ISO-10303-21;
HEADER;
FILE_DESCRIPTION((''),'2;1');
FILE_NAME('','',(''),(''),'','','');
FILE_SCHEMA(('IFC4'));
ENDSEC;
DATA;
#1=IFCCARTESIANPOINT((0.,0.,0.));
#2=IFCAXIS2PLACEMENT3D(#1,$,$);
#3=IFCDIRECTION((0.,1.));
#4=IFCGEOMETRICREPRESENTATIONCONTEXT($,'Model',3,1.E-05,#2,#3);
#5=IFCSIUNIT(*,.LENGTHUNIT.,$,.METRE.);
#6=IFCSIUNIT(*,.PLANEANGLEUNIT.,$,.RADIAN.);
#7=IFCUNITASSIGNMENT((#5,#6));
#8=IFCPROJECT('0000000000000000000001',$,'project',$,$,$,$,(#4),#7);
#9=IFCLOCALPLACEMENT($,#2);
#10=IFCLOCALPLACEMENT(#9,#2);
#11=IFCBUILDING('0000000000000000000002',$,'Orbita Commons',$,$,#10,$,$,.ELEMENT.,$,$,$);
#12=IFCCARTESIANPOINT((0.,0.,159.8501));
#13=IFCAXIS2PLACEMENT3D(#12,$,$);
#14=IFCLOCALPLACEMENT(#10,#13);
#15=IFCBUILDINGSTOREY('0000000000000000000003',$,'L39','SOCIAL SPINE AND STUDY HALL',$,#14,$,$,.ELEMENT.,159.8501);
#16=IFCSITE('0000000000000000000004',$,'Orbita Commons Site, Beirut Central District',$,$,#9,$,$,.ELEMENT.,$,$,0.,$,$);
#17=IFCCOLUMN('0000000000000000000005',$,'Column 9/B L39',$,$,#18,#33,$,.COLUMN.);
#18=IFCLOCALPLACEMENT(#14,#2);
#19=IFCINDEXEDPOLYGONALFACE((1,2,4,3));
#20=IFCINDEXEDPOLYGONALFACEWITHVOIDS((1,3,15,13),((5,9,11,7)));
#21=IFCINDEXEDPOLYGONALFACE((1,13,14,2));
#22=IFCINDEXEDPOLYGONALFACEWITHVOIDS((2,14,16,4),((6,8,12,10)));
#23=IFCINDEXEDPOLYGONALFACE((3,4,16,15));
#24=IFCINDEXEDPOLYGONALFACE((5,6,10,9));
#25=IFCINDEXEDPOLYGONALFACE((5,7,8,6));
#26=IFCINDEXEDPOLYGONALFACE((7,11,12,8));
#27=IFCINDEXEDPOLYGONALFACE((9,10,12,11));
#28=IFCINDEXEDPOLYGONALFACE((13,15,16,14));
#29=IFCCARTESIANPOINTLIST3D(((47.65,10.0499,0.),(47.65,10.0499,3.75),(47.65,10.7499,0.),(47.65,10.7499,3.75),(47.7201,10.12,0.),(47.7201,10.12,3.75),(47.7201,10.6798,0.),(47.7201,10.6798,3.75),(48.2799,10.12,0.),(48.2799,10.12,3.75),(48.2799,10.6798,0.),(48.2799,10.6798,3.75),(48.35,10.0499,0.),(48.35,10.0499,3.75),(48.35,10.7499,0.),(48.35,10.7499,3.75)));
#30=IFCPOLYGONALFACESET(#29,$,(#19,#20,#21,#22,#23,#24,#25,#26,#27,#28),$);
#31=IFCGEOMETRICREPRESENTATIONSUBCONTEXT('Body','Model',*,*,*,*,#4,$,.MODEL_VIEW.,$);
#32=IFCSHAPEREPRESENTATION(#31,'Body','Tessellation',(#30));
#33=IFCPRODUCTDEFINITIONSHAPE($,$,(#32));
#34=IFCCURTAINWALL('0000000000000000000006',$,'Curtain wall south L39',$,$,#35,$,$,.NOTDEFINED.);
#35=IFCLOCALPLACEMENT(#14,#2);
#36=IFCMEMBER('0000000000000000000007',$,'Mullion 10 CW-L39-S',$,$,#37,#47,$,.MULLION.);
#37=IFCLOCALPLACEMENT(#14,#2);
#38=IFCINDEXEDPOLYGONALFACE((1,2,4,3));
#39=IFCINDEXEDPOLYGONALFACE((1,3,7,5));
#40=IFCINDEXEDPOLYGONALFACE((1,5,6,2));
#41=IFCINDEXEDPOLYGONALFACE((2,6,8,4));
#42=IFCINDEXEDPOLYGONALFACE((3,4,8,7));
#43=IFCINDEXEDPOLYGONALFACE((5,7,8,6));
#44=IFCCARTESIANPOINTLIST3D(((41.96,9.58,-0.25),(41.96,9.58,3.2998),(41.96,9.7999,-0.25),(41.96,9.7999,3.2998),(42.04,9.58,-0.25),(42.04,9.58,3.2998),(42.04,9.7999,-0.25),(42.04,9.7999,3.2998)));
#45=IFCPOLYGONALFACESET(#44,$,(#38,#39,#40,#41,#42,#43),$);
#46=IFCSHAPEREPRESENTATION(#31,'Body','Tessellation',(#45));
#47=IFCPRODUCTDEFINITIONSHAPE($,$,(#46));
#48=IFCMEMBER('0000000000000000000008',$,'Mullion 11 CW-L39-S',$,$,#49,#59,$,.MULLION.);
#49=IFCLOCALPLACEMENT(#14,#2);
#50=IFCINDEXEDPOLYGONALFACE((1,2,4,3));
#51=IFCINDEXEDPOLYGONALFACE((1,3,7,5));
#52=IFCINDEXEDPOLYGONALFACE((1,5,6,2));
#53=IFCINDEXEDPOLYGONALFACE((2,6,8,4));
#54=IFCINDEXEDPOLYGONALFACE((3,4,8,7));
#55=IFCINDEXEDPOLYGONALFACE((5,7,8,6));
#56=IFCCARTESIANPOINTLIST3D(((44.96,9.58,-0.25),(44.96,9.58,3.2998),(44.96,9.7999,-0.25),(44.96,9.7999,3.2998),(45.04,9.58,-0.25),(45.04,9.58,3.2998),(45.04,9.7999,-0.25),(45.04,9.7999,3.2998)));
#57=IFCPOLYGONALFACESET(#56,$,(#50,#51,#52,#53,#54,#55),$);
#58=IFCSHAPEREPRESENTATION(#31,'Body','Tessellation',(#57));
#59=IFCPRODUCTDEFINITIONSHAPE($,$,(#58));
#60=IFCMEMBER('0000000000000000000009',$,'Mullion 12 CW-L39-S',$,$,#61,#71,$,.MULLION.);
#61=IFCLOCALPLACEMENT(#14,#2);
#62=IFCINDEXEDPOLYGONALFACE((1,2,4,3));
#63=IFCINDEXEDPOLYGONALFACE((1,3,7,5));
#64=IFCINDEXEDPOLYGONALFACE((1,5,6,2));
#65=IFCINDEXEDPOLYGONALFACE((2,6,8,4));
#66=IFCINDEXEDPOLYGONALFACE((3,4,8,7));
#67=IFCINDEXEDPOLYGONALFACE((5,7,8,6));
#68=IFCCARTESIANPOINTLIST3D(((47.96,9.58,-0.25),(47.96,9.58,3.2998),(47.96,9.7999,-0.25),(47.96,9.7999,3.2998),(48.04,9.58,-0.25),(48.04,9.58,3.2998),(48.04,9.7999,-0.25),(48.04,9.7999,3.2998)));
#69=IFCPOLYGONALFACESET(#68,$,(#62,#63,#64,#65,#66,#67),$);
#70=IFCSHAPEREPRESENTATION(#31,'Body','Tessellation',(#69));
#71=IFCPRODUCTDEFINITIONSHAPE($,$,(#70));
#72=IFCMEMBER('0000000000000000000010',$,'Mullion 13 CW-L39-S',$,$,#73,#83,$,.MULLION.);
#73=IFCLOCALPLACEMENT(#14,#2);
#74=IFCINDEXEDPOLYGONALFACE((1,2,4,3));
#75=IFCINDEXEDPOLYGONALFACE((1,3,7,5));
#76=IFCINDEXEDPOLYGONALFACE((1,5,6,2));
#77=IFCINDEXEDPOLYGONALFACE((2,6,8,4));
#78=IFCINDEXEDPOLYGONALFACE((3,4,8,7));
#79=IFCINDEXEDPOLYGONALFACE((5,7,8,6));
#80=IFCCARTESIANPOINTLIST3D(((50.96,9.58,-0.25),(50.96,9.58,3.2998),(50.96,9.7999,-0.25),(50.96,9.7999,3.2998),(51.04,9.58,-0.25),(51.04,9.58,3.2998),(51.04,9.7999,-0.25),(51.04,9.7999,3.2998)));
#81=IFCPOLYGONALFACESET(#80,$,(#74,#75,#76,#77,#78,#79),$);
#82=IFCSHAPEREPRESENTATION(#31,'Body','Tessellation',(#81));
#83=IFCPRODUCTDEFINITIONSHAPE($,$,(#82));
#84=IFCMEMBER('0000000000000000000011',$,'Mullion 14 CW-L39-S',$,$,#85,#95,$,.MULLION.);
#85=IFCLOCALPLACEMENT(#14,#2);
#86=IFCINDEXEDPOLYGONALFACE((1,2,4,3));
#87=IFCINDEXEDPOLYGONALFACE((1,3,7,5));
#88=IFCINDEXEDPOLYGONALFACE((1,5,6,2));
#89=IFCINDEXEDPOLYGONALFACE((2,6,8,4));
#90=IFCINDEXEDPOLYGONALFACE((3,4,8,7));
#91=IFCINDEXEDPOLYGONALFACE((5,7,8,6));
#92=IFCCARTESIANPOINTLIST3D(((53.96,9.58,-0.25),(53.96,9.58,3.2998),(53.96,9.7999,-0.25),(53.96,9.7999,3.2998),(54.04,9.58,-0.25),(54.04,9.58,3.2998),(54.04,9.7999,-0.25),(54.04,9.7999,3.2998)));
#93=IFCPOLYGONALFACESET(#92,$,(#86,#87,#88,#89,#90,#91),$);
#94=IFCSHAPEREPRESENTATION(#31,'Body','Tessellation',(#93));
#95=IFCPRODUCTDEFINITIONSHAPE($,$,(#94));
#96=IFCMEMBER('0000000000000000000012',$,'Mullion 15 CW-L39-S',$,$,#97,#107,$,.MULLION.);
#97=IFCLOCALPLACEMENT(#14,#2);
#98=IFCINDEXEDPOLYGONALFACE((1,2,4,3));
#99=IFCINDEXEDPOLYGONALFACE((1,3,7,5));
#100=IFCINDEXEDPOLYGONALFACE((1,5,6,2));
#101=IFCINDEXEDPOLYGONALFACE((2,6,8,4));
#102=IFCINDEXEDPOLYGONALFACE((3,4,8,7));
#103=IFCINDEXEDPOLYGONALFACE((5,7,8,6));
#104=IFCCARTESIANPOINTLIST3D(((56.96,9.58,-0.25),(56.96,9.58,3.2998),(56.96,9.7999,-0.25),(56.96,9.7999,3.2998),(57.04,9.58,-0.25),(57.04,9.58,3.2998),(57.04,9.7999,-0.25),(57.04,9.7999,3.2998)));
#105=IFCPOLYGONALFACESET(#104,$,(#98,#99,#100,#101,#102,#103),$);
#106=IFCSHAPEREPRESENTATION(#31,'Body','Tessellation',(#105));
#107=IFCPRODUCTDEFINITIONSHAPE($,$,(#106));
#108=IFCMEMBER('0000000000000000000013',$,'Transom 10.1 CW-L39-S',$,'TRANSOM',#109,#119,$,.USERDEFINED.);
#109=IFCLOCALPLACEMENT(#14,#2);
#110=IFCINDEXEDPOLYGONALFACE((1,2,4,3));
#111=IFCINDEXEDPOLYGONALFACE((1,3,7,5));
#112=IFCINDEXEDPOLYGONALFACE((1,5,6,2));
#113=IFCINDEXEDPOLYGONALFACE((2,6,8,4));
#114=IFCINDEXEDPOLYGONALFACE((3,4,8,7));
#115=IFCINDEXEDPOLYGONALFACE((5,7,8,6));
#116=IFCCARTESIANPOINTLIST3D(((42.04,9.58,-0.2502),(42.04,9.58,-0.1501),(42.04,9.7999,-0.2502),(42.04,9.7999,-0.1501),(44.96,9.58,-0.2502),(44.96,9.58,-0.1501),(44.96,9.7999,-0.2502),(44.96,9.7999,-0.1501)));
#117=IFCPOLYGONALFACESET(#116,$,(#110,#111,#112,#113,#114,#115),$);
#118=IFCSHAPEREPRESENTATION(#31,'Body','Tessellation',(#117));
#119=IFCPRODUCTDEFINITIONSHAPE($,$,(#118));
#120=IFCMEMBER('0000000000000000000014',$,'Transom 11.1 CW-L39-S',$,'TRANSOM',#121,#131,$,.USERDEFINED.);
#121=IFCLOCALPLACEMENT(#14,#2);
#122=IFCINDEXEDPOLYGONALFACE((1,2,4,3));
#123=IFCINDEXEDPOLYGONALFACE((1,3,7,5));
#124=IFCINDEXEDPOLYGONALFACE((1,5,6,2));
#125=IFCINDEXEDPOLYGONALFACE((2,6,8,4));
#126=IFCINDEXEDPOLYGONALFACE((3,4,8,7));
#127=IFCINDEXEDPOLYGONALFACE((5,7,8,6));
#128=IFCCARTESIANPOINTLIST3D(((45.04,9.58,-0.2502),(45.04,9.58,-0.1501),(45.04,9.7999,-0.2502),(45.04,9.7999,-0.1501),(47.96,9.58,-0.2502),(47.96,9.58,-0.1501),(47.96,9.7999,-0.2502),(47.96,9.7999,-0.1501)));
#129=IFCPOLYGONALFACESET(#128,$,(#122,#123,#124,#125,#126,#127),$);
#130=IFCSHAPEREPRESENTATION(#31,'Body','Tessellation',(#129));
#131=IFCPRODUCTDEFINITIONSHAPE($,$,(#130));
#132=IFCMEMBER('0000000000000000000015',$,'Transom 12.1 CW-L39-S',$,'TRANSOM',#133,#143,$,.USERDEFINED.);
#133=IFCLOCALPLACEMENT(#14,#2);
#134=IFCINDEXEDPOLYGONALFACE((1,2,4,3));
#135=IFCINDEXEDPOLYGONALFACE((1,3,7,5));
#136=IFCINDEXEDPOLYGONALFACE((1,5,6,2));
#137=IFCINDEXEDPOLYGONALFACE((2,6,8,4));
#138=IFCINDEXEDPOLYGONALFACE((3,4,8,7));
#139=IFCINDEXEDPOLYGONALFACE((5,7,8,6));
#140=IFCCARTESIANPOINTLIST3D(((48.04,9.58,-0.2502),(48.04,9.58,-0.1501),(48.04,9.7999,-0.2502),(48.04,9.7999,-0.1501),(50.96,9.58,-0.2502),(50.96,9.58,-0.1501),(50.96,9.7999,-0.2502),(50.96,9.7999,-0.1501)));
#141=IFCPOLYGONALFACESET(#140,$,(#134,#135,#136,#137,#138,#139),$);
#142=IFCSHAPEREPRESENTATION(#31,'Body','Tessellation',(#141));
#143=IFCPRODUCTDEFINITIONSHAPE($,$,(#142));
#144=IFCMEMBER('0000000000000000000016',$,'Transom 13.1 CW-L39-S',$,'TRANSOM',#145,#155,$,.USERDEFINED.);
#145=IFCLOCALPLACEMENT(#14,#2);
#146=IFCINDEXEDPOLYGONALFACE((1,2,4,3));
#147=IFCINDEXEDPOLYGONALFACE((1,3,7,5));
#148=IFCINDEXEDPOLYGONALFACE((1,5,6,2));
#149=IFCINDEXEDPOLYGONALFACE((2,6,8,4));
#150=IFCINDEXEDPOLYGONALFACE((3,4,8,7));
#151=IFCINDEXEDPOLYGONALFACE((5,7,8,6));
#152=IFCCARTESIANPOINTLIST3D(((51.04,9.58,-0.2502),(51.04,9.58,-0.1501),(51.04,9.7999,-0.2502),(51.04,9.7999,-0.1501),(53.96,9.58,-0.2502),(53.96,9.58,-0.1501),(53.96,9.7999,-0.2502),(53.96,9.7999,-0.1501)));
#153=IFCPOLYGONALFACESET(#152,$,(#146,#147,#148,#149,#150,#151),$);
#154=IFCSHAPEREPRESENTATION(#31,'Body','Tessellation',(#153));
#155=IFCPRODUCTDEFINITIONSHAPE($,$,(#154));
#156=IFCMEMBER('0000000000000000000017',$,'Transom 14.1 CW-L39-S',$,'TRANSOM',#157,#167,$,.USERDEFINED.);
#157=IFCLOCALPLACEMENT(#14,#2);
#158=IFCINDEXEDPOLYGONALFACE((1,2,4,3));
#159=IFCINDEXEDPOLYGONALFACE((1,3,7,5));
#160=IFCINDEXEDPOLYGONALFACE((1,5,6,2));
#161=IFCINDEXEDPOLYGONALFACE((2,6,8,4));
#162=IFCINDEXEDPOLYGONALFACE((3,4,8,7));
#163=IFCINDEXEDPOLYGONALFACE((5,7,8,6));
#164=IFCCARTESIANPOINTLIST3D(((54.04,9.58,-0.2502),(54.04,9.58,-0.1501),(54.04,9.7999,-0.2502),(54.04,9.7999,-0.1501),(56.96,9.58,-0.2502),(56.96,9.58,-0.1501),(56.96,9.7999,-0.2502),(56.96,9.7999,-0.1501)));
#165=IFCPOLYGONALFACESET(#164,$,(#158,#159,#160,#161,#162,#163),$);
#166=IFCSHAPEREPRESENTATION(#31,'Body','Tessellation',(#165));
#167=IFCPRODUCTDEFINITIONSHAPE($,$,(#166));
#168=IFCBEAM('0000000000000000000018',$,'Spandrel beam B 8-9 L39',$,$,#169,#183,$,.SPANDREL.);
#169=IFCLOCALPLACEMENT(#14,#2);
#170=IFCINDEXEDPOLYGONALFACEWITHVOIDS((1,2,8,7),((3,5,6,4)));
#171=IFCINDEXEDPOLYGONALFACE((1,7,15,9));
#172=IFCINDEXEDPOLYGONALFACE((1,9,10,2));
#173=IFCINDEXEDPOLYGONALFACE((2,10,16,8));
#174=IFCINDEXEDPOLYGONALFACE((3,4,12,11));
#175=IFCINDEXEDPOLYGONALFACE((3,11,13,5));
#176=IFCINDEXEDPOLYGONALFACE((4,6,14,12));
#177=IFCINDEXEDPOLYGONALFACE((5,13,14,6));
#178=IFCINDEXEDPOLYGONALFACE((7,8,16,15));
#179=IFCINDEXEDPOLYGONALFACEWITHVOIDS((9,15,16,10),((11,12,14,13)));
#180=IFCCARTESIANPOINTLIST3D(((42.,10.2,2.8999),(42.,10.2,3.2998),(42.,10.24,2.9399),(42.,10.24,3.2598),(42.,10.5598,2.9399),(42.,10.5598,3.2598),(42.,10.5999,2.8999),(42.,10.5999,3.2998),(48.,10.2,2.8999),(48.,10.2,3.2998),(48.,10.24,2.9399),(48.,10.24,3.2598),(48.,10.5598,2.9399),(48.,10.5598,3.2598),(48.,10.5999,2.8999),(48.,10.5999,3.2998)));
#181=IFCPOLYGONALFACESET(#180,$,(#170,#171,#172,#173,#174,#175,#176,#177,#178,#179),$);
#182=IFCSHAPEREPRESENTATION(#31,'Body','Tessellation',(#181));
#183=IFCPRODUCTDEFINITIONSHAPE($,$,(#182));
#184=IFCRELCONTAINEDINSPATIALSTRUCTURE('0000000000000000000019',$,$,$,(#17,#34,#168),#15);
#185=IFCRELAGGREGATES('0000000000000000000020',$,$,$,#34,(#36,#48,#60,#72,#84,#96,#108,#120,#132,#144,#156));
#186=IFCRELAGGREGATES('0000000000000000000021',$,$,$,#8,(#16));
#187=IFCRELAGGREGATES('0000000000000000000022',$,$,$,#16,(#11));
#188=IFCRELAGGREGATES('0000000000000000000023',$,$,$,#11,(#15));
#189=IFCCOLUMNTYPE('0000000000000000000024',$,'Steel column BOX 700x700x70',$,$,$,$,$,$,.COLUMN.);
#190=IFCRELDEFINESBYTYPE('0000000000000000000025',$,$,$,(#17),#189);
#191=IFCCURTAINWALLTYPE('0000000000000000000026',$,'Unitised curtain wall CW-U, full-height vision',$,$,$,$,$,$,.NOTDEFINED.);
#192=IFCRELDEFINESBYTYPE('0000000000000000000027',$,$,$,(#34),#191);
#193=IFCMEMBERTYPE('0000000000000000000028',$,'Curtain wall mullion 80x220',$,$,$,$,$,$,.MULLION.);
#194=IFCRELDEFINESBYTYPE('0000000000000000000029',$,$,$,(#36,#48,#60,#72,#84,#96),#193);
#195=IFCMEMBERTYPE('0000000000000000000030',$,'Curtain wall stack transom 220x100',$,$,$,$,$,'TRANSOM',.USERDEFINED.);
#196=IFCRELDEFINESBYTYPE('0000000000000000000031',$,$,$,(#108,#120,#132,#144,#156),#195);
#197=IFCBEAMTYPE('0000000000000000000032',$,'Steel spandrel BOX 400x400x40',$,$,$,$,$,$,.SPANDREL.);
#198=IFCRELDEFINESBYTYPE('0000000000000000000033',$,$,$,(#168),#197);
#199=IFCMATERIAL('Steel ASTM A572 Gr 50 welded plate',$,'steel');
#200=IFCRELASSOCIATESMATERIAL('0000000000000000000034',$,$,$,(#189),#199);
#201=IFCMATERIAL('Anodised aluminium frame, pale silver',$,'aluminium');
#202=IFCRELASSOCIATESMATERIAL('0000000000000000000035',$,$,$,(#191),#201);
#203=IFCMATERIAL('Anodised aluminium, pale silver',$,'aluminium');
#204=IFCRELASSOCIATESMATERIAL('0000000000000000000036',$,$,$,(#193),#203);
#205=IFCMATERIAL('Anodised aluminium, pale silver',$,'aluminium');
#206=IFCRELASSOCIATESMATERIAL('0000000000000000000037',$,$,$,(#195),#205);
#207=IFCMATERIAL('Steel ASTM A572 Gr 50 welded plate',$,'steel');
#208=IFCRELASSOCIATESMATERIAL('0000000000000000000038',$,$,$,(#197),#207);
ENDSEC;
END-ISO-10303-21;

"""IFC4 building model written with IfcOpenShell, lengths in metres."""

from ifc_helpers import new_model, si_unit, direction, frame, origin, origin_2d, place, context, subcontext, project, spatial, rectangle, hollow_rectangle, extrude, material, material_profile, profile_set, type_object, element, aggregate, save


model = new_model("IFC4")

# Units and contexts
model_context = context("Model", 3, precision=1e-05, world=origin(), true_north=direction((0.0, 1.0)))
body_context = subcontext(model_context, "Body", "Model", "MODEL_VIEW")
ifc_project = project(units=[si_unit("LENGTHUNIT", "METRE"), si_unit("PLANEANGLEUNIT", "RADIAN")], contexts=[model_context])

# Site, building, storey
site_placement = place(None, origin())
site = spatial("IfcSite", under=ifc_project, at=site_placement, Name="Orbita Commons Site, Beirut Central District", CompositionType="ELEMENT", RefElevation=0.0)
building_placement = place(site_placement, origin())
building = spatial("IfcBuilding", under=site, at=building_placement, Name="Orbita Commons", CompositionType="ELEMENT")
storey_placement = place(building_placement, frame((0.0, 0.0, 159.8501)))
storey = spatial("IfcBuildingStorey", under=building, at=storey_placement, Name="L39", Description="SOCIAL SPINE AND STUDY HALL", CompositionType="ELEMENT", Elevation=159.8501)

# Column
ifc_material_1 = material(Name="Steel ASTM A572 Gr 50 welded plate", Category="steel")
ifc_material_profile_1 = material_profile(ifc_material_1, hollow_rectangle(XDim=0.7, YDim=0.7, WallThickness=0.0701, at=origin_2d()), Name="BOX 700x700x70")
ifc_profile_set_1 = profile_set([ifc_material_profile_1], Name="Steel ASTM A572 Gr 50 welded plate")
column_type = type_object("IfcColumnType", Name="Steel column BOX 700x700x70", PredefinedType="COLUMN", material=ifc_profile_set_1)
column_placement = place(storey_placement, frame((48.0, 10.3999, 0.0), z_axis=(0.0, 0.0, 1.0), x_axis=(1.0, 0.0, 0.0)))
element("IfcColumn", 1, at=column_placement, inside=storey, type_object=column_type, Name="Column 9/B L39", PredefinedType="COLUMN", context=body_context, shape_type="SweptSolid", body=[
    extrude(hollow_rectangle(XDim=0.7, YDim=0.7, WallThickness=0.0701, at=origin_2d()), origin(), (0.0, 0.0, 1.0), 3.75),
])

# Curtain wall, members
ifc_material_2 = material(Name="Anodised aluminium frame, pale silver", Category="aluminium")
curtain_wall_type = type_object("IfcCurtainWallType", Name="Unitised curtain wall CW-U, full-height vision", PredefinedType="NOTDEFINED", material=ifc_material_2)
curtain_wall_placement = place(storey_placement, origin())
curtain_wall = element("IfcCurtainWall", 2, at=curtain_wall_placement, inside=storey, type_object=curtain_wall_type, Name="Curtain wall south L39", PredefinedType="NOTDEFINED")
ifc_material_3 = material(Name="Anodised aluminium, pale silver", Category="aluminium")
ifc_material_profile_2 = material_profile(ifc_material_3, rectangle(XDim=0.0801, YDim=0.22, at=origin_2d()), Name="AL 80x220")
ifc_profile_set_2 = profile_set([ifc_material_profile_2], Name="Anodised aluminium, pale silver")
member_type_1 = type_object("IfcMemberType", Name="Curtain wall mullion 80x220", PredefinedType="MULLION", material=ifc_profile_set_2)
member_1_placement = place(storey_placement, frame((42.0, 9.6899, -0.25), z_axis=(0.0, 0.0, 1.0), x_axis=(1.0, 0.0, 0.0)))
member_1 = element("IfcMember", 3, at=member_1_placement, type_object=member_type_1, Name="Mullion 10 CW-L39-S", PredefinedType="MULLION", context=body_context, shape_type="SweptSolid", body=[
    extrude(rectangle(XDim=0.0801, YDim=0.22, at=origin_2d()), origin(), (0.0, 0.0, 1.0), 3.5498),
])
member_2_placement = place(storey_placement, frame((45.0, 9.6899, -0.25), z_axis=(0.0, 0.0, 1.0), x_axis=(1.0, 0.0, 0.0)))
member_2 = element("IfcMember", 4, at=member_2_placement, type_object=member_type_1, Name="Mullion 11 CW-L39-S", PredefinedType="MULLION", context=body_context, shape_type="SweptSolid", body=[
    extrude(rectangle(XDim=0.0801, YDim=0.22, at=origin_2d()), origin(), (0.0, 0.0, 1.0), 3.5498),
])
member_3_placement = place(storey_placement, frame((48.0, 9.6899, -0.25), z_axis=(0.0, 0.0, 1.0), x_axis=(1.0, 0.0, 0.0)))
member_3 = element("IfcMember", 5, at=member_3_placement, type_object=member_type_1, Name="Mullion 12 CW-L39-S", PredefinedType="MULLION", context=body_context, shape_type="SweptSolid", body=[
    extrude(rectangle(XDim=0.0801, YDim=0.22, at=origin_2d()), origin(), (0.0, 0.0, 1.0), 3.5498),
])
member_4_placement = place(storey_placement, frame((51.0, 9.6899, -0.25), z_axis=(0.0, 0.0, 1.0), x_axis=(1.0, 0.0, 0.0)))
member_4 = element("IfcMember", 6, at=member_4_placement, type_object=member_type_1, Name="Mullion 13 CW-L39-S", PredefinedType="MULLION", context=body_context, shape_type="SweptSolid", body=[
    extrude(rectangle(XDim=0.0801, YDim=0.22, at=origin_2d()), origin(), (0.0, 0.0, 1.0), 3.5498),
])
member_5_placement = place(storey_placement, frame((54.0, 9.6899, -0.25), z_axis=(0.0, 0.0, 1.0), x_axis=(1.0, 0.0, 0.0)))
member_5 = element("IfcMember", 7, at=member_5_placement, type_object=member_type_1, Name="Mullion 14 CW-L39-S", PredefinedType="MULLION", context=body_context, shape_type="SweptSolid", body=[
    extrude(rectangle(XDim=0.0801, YDim=0.22, at=origin_2d()), origin(), (0.0, 0.0, 1.0), 3.5498),
])
member_6_placement = place(storey_placement, frame((57.0, 9.6899, -0.25), z_axis=(0.0, 0.0, 1.0), x_axis=(1.0, 0.0, 0.0)))
member_6 = element("IfcMember", 8, at=member_6_placement, type_object=member_type_1, Name="Mullion 15 CW-L39-S", PredefinedType="MULLION", context=body_context, shape_type="SweptSolid", body=[
    extrude(rectangle(XDim=0.0801, YDim=0.22, at=origin_2d()), origin(), (0.0, 0.0, 1.0), 3.5498),
])
ifc_material_4 = material(Name="Anodised aluminium, pale silver", Category="aluminium")
ifc_material_profile_3 = material_profile(ifc_material_4, rectangle(XDim=0.22, YDim=0.1001, at=origin_2d()), Name="AL 220x100")
ifc_profile_set_3 = profile_set([ifc_material_profile_3], Name="Anodised aluminium, pale silver")
member_type_2 = type_object("IfcMemberType", Name="Curtain wall stack transom 220x100", ElementType="TRANSOM", PredefinedType="USERDEFINED", material=ifc_profile_set_3)
member_7_placement = place(storey_placement, frame((42.04, 9.6899, -0.2002), z_axis=(1.0, 0.0, 0.0), x_axis=(0.0, 1.0, 0.0)))
member_7 = element("IfcMember", 9, at=member_7_placement, type_object=member_type_2, Name="Transom 10.1 CW-L39-S", ObjectType="TRANSOM", PredefinedType="USERDEFINED", context=body_context, shape_type="SweptSolid", body=[
    extrude(rectangle(XDim=0.22, YDim=0.1001, at=origin_2d()), origin(), (0.0, 0.0, 1.0), 2.9199),
])
member_8_placement = place(storey_placement, frame((45.04, 9.6899, -0.2002), z_axis=(1.0, 0.0, 0.0), x_axis=(0.0, 1.0, 0.0)))
member_8 = element("IfcMember", 10, at=member_8_placement, type_object=member_type_2, Name="Transom 11.1 CW-L39-S", ObjectType="TRANSOM", PredefinedType="USERDEFINED", context=body_context, shape_type="SweptSolid", body=[
    extrude(rectangle(XDim=0.22, YDim=0.1001, at=origin_2d()), origin(), (0.0, 0.0, 1.0), 2.9199),
])
member_9_placement = place(storey_placement, frame((48.04, 9.6899, -0.2002), z_axis=(1.0, 0.0, 0.0), x_axis=(0.0, 1.0, 0.0)))
member_9 = element("IfcMember", 11, at=member_9_placement, type_object=member_type_2, Name="Transom 12.1 CW-L39-S", ObjectType="TRANSOM", PredefinedType="USERDEFINED", context=body_context, shape_type="SweptSolid", body=[
    extrude(rectangle(XDim=0.22, YDim=0.1001, at=origin_2d()), origin(), (0.0, 0.0, 1.0), 2.9199),
])
member_10_placement = place(storey_placement, frame((51.04, 9.6899, -0.2002), z_axis=(1.0, 0.0, 0.0), x_axis=(0.0, 1.0, 0.0)))
member_10 = element("IfcMember", 12, at=member_10_placement, type_object=member_type_2, Name="Transom 13.1 CW-L39-S", ObjectType="TRANSOM", PredefinedType="USERDEFINED", context=body_context, shape_type="SweptSolid", body=[
    extrude(rectangle(XDim=0.22, YDim=0.1001, at=origin_2d()), origin(), (0.0, 0.0, 1.0), 2.9199),
])
member_11_placement = place(storey_placement, frame((54.04, 9.6899, -0.2002), z_axis=(1.0, 0.0, 0.0), x_axis=(0.0, 1.0, 0.0)))
member_11 = element("IfcMember", 13, at=member_11_placement, type_object=member_type_2, Name="Transom 14.1 CW-L39-S", ObjectType="TRANSOM", PredefinedType="USERDEFINED", context=body_context, shape_type="SweptSolid", body=[
    extrude(rectangle(XDim=0.22, YDim=0.1001, at=origin_2d()), origin(), (0.0, 0.0, 1.0), 2.9199),
])

# Beam
ifc_material_5 = material(Name="Steel ASTM A572 Gr 50 welded plate", Category="steel")
ifc_material_profile_4 = material_profile(ifc_material_5, hollow_rectangle(XDim=0.3999, YDim=0.3999, WallThickness=0.04, at=origin_2d()), Name="BOX 400x400x40")
ifc_profile_set_4 = profile_set([ifc_material_profile_4], Name="Steel ASTM A572 Gr 50 welded plate")
beam_type = type_object("IfcBeamType", Name="Steel spandrel BOX 400x400x40", PredefinedType="SPANDREL", material=ifc_profile_set_4)
beam_placement = place(storey_placement, frame((42.0, 10.3999, 3.0999), z_axis=(1.0, 0.0, 0.0), x_axis=(0.0, 1.0, 0.0)))
element("IfcBeam", 14, at=beam_placement, inside=storey, type_object=beam_type, Name="Spandrel beam B 8-9 L39", PredefinedType="SPANDREL", context=body_context, shape_type="SweptSolid", body=[
    extrude(hollow_rectangle(XDim=0.3999, YDim=0.3999, WallThickness=0.04, at=origin_2d()), origin(), (0.0, 0.0, 1.0), 6.0),
])

aggregate(curtain_wall, [member_1, member_2, member_3, member_4, member_5, member_6, member_7, member_8, member_9, member_10, member_11])

save(model, "model.ifc")
